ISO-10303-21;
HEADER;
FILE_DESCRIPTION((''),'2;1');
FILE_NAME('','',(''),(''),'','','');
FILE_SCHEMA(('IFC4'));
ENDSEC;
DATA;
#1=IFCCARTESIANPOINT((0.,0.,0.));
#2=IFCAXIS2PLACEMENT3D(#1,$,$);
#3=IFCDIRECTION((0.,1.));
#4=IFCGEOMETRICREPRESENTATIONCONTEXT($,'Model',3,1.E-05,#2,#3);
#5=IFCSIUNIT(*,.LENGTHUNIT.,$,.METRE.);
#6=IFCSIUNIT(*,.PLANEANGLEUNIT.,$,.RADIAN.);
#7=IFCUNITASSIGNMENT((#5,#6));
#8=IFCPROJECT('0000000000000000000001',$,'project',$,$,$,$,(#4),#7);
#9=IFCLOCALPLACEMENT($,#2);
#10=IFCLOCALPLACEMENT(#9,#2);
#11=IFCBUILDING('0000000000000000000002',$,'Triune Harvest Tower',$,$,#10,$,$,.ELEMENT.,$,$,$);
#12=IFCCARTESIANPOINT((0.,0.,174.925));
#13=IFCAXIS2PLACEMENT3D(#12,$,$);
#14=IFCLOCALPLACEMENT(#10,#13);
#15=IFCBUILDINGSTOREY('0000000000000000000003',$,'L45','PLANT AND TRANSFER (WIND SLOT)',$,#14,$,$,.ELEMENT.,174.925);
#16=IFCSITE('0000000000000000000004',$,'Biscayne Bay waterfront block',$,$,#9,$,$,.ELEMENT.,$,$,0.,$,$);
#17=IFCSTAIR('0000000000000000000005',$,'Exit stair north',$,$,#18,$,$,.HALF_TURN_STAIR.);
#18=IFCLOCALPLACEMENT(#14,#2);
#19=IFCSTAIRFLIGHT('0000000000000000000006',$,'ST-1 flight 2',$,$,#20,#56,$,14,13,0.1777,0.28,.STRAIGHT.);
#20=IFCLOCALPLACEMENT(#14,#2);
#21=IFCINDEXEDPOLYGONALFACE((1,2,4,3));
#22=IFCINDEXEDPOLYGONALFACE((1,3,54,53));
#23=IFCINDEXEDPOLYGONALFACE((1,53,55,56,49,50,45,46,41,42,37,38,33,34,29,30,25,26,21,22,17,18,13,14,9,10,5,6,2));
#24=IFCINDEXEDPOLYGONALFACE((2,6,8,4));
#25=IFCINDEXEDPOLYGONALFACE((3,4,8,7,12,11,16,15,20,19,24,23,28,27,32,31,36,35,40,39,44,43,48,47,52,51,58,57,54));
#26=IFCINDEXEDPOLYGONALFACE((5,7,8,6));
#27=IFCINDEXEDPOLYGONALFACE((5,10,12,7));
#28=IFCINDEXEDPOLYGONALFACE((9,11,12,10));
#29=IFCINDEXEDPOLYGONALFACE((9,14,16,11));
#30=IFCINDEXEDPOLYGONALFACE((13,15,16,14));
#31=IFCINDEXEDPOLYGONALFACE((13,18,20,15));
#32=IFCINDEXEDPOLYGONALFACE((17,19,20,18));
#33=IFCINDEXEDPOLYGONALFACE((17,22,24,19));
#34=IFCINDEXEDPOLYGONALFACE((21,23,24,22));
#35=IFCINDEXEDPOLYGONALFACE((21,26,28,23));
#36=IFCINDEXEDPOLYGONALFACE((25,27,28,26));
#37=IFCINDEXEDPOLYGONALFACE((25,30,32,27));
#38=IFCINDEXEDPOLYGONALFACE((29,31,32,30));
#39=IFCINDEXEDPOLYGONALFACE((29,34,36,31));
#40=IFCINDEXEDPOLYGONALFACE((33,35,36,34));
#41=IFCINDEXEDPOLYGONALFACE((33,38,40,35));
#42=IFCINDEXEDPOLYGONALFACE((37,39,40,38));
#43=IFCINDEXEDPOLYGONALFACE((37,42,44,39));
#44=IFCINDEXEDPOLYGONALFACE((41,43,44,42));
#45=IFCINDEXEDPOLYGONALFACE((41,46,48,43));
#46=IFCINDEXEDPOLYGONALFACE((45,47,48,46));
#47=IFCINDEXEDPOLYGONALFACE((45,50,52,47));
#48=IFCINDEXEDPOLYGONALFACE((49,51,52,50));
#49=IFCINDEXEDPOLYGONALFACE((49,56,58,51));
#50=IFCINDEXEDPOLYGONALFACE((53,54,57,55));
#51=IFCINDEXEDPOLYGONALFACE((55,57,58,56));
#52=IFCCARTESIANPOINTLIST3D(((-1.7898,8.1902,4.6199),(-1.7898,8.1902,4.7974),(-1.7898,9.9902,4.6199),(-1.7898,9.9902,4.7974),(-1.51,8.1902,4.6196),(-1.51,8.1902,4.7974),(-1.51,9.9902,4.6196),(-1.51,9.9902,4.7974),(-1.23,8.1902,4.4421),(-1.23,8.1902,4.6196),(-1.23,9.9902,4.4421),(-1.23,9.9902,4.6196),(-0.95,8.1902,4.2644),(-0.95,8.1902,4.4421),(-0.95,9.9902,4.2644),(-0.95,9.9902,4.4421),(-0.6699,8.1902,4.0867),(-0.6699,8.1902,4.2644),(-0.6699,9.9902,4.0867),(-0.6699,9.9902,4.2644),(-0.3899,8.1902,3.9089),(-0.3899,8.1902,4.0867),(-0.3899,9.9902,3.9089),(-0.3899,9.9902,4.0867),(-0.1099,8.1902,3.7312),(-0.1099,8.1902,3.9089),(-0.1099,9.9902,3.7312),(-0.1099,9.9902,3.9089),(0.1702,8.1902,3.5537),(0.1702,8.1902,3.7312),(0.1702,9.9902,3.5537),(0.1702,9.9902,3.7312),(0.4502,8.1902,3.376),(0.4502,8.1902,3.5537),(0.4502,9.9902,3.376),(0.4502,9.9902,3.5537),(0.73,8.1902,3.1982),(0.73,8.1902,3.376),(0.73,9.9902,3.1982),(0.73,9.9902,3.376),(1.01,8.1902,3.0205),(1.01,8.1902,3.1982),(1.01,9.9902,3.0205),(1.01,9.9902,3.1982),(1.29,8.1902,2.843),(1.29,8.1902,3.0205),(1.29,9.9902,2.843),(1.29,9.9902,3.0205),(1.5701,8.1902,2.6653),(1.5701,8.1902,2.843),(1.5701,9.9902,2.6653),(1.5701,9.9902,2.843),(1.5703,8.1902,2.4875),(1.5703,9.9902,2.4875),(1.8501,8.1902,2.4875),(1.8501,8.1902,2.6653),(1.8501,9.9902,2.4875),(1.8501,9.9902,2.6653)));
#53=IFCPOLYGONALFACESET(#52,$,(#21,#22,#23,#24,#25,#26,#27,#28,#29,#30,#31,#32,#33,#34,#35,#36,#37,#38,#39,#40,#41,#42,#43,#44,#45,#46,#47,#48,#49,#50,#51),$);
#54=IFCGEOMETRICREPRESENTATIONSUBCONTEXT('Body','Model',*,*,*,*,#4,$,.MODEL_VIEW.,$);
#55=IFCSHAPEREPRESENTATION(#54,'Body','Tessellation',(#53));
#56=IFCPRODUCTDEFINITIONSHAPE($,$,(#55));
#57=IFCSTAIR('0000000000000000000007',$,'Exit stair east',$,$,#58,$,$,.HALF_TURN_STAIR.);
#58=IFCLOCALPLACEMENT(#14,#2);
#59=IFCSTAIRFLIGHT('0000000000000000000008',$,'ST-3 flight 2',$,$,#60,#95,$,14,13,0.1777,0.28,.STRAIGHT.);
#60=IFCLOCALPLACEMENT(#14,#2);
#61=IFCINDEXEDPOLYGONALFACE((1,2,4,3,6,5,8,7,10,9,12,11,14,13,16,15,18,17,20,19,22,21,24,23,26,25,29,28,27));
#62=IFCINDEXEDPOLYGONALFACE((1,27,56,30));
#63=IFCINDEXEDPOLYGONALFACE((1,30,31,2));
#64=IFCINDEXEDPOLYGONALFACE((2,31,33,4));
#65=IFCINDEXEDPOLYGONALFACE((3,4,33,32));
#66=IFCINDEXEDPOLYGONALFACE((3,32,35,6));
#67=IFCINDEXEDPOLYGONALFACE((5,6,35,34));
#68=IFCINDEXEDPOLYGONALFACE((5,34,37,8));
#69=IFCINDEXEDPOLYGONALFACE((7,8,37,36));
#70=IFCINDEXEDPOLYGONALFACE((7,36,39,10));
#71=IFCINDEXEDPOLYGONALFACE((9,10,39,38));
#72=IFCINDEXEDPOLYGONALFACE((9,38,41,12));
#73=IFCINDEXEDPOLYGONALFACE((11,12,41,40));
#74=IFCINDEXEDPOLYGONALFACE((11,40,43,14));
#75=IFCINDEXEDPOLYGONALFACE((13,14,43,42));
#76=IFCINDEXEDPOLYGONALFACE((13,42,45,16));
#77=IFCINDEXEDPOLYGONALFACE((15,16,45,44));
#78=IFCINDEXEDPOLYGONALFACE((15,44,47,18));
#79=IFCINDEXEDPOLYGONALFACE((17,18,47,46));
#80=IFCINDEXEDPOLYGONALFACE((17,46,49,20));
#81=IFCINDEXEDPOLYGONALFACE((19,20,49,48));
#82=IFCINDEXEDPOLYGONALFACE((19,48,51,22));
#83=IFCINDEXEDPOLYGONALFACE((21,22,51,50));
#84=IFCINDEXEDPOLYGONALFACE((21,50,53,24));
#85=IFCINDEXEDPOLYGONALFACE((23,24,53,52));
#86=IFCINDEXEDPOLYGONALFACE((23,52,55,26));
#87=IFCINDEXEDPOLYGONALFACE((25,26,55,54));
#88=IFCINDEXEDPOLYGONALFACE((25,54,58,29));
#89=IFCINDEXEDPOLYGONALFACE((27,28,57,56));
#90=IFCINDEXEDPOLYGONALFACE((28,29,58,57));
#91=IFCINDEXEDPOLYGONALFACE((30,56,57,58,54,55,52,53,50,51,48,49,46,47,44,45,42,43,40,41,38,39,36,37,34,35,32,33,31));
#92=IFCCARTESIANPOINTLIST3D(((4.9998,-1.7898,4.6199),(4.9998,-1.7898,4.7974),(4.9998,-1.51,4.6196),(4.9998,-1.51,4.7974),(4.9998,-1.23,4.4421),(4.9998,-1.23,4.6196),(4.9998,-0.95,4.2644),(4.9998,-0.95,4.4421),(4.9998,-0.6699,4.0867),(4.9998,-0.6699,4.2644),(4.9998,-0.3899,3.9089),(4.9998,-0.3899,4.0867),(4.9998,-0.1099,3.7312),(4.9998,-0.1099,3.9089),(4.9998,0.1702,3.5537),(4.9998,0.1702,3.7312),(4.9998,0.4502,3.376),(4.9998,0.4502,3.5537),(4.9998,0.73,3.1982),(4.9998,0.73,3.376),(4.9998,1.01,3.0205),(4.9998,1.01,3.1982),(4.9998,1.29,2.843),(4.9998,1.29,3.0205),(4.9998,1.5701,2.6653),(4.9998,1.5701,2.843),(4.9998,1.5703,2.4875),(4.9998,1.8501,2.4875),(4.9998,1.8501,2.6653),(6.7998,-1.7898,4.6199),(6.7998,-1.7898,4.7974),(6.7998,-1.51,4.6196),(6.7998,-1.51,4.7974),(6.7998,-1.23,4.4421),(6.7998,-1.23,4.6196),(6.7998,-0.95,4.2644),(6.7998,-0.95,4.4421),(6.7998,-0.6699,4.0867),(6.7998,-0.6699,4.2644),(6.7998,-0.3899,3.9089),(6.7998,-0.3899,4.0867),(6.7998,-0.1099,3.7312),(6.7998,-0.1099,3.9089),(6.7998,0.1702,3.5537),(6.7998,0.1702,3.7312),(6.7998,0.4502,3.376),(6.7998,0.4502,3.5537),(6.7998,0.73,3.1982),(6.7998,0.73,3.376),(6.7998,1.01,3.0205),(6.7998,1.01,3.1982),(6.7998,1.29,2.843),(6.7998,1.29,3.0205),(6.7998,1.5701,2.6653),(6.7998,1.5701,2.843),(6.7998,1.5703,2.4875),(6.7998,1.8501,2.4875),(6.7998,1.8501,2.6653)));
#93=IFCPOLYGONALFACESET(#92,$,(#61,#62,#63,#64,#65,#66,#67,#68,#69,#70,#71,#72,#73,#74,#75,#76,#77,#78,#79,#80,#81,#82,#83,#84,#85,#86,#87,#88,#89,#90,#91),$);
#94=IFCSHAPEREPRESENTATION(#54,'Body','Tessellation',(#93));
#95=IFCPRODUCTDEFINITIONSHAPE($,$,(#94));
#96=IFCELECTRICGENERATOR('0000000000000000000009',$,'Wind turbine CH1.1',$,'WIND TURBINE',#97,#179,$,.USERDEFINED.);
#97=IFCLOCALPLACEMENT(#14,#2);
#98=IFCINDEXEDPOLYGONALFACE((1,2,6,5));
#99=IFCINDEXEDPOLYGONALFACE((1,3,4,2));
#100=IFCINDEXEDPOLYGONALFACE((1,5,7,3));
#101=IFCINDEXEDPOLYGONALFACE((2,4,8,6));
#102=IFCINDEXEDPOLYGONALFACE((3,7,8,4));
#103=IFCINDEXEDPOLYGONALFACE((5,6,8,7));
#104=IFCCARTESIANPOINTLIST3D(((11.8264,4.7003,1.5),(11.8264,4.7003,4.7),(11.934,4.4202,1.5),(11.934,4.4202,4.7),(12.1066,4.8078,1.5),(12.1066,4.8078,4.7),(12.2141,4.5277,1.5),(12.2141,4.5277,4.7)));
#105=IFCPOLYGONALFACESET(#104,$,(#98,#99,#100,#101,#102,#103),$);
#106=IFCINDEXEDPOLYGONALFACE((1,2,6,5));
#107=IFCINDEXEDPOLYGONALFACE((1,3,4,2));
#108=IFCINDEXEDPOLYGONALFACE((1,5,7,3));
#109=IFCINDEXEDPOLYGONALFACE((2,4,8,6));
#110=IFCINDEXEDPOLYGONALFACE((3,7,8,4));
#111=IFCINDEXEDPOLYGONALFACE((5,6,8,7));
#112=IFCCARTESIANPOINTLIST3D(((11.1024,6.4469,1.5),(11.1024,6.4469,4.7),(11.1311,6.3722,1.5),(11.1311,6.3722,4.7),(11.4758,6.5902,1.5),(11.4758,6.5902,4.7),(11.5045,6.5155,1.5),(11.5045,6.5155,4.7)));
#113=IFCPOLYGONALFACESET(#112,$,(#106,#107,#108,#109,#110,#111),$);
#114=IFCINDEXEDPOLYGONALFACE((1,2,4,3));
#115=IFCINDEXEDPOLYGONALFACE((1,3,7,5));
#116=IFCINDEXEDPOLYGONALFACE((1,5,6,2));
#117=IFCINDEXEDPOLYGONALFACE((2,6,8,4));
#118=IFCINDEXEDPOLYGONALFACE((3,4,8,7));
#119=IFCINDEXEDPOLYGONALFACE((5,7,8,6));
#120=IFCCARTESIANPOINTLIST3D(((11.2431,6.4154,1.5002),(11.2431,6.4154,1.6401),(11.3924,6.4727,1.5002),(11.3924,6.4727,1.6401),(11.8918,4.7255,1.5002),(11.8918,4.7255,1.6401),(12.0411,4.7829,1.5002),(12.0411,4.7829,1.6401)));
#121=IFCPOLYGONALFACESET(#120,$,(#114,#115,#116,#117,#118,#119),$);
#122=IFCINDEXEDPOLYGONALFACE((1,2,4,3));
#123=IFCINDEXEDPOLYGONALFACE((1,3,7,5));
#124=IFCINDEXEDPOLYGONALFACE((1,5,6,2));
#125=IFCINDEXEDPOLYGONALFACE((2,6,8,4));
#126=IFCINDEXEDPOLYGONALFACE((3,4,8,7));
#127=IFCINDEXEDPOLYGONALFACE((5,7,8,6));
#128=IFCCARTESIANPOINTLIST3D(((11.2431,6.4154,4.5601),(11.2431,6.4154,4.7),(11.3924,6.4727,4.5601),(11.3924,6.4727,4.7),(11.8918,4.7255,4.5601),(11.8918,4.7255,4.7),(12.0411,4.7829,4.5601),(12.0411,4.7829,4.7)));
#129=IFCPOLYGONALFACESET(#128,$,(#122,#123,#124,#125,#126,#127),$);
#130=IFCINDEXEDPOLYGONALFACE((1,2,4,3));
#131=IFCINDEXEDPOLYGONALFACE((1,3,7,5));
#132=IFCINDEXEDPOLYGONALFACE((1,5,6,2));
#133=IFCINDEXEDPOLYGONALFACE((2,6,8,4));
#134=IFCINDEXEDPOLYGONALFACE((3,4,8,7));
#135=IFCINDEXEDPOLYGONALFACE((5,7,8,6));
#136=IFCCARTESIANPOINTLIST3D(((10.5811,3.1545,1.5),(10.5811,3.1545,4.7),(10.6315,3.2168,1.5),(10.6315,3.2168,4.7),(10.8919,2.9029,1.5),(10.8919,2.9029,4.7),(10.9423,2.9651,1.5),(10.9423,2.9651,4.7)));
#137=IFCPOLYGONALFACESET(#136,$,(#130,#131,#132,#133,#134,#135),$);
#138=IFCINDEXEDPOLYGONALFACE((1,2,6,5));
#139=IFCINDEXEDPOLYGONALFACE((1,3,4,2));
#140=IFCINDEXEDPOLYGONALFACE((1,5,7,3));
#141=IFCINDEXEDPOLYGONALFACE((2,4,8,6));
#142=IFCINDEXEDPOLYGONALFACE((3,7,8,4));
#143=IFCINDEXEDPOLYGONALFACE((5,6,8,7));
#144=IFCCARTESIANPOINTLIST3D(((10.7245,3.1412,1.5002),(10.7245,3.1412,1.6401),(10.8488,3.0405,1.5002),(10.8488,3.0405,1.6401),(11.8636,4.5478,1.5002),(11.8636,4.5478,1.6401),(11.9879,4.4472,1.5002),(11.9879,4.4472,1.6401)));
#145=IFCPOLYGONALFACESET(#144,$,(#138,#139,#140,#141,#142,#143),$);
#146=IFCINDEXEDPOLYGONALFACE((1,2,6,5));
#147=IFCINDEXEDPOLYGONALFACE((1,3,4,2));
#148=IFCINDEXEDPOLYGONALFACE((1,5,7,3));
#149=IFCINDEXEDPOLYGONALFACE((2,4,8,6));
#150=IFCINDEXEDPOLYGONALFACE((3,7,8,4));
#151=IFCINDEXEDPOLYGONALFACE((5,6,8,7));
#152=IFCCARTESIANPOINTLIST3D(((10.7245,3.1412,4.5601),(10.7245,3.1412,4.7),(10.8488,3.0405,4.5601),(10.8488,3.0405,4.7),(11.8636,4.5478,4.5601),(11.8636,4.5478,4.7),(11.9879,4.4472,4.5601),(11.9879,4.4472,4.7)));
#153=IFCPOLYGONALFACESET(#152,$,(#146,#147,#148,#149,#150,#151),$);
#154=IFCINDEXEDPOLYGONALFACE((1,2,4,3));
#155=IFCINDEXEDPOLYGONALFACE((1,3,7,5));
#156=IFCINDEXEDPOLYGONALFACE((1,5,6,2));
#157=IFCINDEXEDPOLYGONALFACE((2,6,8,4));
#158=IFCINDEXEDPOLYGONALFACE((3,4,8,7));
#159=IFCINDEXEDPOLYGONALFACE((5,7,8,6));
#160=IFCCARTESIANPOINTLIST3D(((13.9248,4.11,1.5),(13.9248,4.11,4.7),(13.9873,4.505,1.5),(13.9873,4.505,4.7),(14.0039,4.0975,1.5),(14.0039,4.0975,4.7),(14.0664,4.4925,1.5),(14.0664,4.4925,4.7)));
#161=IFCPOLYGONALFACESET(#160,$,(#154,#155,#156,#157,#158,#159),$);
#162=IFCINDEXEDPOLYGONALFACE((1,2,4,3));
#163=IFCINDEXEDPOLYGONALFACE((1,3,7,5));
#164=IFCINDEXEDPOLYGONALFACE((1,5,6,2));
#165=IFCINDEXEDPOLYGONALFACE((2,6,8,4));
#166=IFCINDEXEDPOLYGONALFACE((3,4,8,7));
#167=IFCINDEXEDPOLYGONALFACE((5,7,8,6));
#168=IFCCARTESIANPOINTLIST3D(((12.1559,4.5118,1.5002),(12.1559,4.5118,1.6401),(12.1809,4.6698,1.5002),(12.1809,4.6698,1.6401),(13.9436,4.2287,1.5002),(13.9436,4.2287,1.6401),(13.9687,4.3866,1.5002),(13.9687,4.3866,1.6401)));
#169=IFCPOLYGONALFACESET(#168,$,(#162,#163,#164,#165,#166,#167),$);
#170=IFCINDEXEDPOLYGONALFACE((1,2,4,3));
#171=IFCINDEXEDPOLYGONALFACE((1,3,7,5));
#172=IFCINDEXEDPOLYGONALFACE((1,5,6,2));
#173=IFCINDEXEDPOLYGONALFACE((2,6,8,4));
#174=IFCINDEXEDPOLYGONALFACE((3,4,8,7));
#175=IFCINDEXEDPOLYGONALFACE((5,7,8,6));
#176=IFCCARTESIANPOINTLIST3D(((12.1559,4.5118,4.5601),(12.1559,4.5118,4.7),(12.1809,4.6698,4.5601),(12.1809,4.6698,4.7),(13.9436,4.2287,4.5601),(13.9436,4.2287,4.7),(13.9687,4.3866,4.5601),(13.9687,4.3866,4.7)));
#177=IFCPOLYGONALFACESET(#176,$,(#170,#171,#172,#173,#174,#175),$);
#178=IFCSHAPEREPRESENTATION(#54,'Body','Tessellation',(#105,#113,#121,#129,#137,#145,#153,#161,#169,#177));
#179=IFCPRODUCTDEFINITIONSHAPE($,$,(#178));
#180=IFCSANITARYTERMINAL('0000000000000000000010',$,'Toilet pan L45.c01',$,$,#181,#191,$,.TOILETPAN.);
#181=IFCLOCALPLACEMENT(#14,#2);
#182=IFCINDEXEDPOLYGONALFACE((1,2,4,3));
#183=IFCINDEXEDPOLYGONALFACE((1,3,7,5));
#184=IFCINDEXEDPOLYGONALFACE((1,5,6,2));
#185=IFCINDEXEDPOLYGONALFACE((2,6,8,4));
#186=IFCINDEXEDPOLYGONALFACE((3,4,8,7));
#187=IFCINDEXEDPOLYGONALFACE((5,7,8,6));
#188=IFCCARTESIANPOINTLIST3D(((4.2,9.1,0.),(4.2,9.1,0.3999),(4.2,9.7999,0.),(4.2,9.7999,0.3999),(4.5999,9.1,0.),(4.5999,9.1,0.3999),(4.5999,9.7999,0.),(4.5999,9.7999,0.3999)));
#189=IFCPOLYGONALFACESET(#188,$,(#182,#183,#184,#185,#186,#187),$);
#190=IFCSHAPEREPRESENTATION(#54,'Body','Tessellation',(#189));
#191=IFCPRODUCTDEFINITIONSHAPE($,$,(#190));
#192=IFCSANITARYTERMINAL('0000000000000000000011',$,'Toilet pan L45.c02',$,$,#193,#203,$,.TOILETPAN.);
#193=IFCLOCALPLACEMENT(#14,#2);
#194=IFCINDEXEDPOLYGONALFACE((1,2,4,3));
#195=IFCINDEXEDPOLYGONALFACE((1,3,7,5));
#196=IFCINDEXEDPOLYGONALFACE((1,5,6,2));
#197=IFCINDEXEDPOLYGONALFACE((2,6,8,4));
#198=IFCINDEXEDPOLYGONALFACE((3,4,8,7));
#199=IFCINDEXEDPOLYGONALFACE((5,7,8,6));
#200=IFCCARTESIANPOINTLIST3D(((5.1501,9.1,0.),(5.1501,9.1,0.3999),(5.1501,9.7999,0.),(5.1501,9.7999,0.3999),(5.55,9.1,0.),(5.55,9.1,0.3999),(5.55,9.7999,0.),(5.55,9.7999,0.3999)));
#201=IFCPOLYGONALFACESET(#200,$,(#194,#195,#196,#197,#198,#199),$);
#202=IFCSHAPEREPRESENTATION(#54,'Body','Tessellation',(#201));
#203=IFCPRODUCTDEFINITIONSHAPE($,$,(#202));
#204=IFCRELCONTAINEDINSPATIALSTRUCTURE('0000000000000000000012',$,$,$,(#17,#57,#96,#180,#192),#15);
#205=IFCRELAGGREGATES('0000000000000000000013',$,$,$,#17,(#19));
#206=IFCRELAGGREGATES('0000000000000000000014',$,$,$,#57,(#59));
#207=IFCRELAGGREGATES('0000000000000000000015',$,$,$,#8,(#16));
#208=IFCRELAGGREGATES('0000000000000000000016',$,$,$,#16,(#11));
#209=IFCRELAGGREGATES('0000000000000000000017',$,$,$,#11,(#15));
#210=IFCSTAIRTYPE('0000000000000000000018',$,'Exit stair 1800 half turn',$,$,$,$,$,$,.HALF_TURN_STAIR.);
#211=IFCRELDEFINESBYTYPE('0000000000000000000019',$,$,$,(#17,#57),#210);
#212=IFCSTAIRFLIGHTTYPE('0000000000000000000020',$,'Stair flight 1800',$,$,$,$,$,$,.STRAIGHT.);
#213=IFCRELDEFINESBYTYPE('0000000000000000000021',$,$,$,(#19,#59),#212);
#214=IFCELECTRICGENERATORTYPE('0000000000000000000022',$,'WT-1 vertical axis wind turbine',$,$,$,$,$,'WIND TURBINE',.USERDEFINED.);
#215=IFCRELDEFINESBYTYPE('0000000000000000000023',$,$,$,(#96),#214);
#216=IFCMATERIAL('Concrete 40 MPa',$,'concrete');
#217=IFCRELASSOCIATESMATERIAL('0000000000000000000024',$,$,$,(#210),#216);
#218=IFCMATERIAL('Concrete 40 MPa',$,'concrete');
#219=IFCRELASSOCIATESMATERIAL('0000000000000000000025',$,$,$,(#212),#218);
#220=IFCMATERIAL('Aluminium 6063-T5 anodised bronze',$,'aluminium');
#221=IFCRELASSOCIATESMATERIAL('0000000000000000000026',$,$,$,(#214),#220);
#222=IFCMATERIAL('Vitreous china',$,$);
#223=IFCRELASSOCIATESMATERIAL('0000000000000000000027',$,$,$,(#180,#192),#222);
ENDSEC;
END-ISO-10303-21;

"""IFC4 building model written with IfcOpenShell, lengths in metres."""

from ifc_helpers import new_model, si_unit, direction, frame, origin, origin_2d, place, context, subcontext, project, spatial, polyline, rectangle, outline, extrude, source, transform, mapped, material, type_object, element, aggregate, save


model = new_model("IFC4")

# Units and contexts
model_context = context("Model", 3, precision=1e-05, world=origin(), true_north=direction((0.0, 1.0)))
body_context = subcontext(model_context, "Body", "Model", "MODEL_VIEW")
ifc_project = project(units=[si_unit("LENGTHUNIT", "METRE"), si_unit("PLANEANGLEUNIT", "RADIAN")], contexts=[model_context])

# Site, building, storey
site_placement = place(None, origin())
site = spatial("IfcSite", under=ifc_project, at=site_placement, Name="Biscayne Bay waterfront block", CompositionType="ELEMENT", RefElevation=0.0)
building_placement = place(site_placement, origin())
building = spatial("IfcBuilding", under=site, at=building_placement, Name="Triune Harvest Tower", CompositionType="ELEMENT")
storey_placement = place(building_placement, frame((0.0, 0.0, 174.925)))
storey = spatial("IfcBuildingStorey", under=building, at=storey_placement, Name="L45", Description="PLANT AND TRANSFER (WIND SLOT)", CompositionType="ELEMENT", Elevation=174.925)

# Stairs, stair flights
ifc_material_1 = material(Name="Concrete 40 MPa", Category="concrete")
stair_type = type_object("IfcStairType", Name="Exit stair 1800 half turn", PredefinedType="HALF_TURN_STAIR", material=ifc_material_1)
stair_1_placement = place(storey_placement, origin())
stair_1 = element("IfcStair", 1, at=stair_1_placement, inside=storey, type_object=stair_type, Name="Exit stair north", PredefinedType="HALF_TURN_STAIR")
ifc_material_2 = material(Name="Concrete 40 MPa", Category="concrete")
stair_flight_type = type_object("IfcStairFlightType", Name="Stair flight 1800", PredefinedType="STRAIGHT", material=ifc_material_2)
shared_shape_1 = source(origin(), body_context, "Body", "SweptSolid", [
    extrude(outline(polyline([(0.0, 0.0), (0.0, 0.1777), (0.28, 0.1777), (0.28, 0.3555), (0.5601, 0.3555), (0.5601, 0.533), (0.8401, 0.533), (0.8401, 0.7107), (1.1201, 0.7107), (1.1201, 0.8884), (1.3999, 0.8884), (1.3999, 1.0662), (1.6799, 1.0662), (1.6799, 1.2437), (1.96, 1.2437), (1.96, 1.4214), (2.24, 1.4214), (2.24, 1.5991), (2.52, 1.5991), (2.52, 1.7769), (2.8, 1.7769), (2.8, 1.9546), (3.0801, 1.9546), (3.0801, 2.1321), (3.3601, 2.1321), (3.3601, 2.3098), (3.6399, 2.3098), (3.6399, 2.4875), (3.6399, 2.1323), (0.2798, 0.0), (0.0, 0.0)])), frame((0.0, 0.8999, 0.0), z_axis=(0.0, -1.0, 0.0), x_axis=(1.0, 0.0, 0.0)), (0.0, 0.0, 1.0), 1.8),
])
stair_flight_1_placement = place(storey_placement, frame((1.8501, 9.0901, 2.4875), z_axis=(0.0, 0.0, 1.0), x_axis=(-1.0, 0.0, 0.0)))
stair_flight_1 = element("IfcStairFlight", 2, at=stair_flight_1_placement, type_object=stair_flight_type, Name="ST-1 flight 2", NumberOfRisers=14, NumberOfTreads=13, PredefinedType="STRAIGHT", RiserHeight=0.1777, TreadLength=0.28, context=body_context, shape_type="MappedRepresentation", body=[
    mapped(shared_shape_1, transform((0.0, 0.0, 0.0), scale=1.0)),
])
aggregate(stair_1, [stair_flight_1])
stair_2_placement = place(storey_placement, origin())
stair_2 = element("IfcStair", 3, at=stair_2_placement, inside=storey, type_object=stair_type, Name="Exit stair east", PredefinedType="HALF_TURN_STAIR")
stair_flight_2_placement = place(storey_placement, frame((5.8999, 1.8501, 2.4875), z_axis=(0.0, 0.0, 1.0), x_axis=(0.0, -1.0, 0.0)))
stair_flight_2 = element("IfcStairFlight", 4, at=stair_flight_2_placement, type_object=stair_flight_type, Name="ST-3 flight 2", NumberOfRisers=14, NumberOfTreads=13, PredefinedType="STRAIGHT", RiserHeight=0.1777, TreadLength=0.28, context=body_context, shape_type="MappedRepresentation", body=[
    mapped(shared_shape_1, transform((0.0, 0.0, 0.0), scale=1.0)),
])
aggregate(stair_2, [stair_flight_2])

# Electric generator
ifc_material_3 = material(Name="Aluminium 6063-T5 anodised bronze", Category="aluminium")
electric_generator_type = type_object("IfcElectricGeneratorType", Name="WT-1 vertical axis wind turbine", ElementType="WIND TURBINE", PredefinedType="USERDEFINED", material=ifc_material_3)
electric_generator_placement = place(storey_placement, frame((12.0203, 4.614, 1.5)))
element("IfcElectricGenerator", 5, at=electric_generator_placement, inside=storey, type_object=electric_generator_type, Name="Wind turbine CH1.1", ObjectType="WIND TURBINE", PredefinedType="USERDEFINED", context=body_context, shape_type="SweptSolid", body=[
    extrude(rectangle(XDim=0.3, YDim=0.3, at=origin_2d()), frame((0.0, 0.0, 0.0), z_axis=(0.0, 0.0, 1.0), x_axis=(0.93358, 0.358368, 0.0)), (0.0, 0.0, 1.0), 3.2),
    extrude(rectangle(XDim=0.0801, YDim=0.3999, at=origin_2d()), frame((-0.7168, 1.8672, 0.0), z_axis=(0.0, 0.0, 1.0), x_axis=(-0.358368, 0.93358, 0.0)), (0.0, 0.0, 1.0), 3.2),
    extrude(rectangle(XDim=1.8101, YDim=0.1599, at=origin_2d()), frame((-0.3782, 0.9851, 0.0002), z_axis=(0.0, 0.0, 1.0), x_axis=(-0.358368, 0.93358, 0.0)), (0.0, 0.0, 1.0), 0.1399),
    extrude(rectangle(XDim=1.8101, YDim=0.1599, at=origin_2d()), frame((-0.3782, 0.9851, 3.0601), z_axis=(0.0, 0.0, 1.0), x_axis=(-0.358368, 0.93358, 0.0)), (0.0, 0.0, 1.0), 0.1399),
    extrude(rectangle(XDim=0.0801, YDim=0.3999, at=origin_2d()), frame((-1.2585, -1.5542, 0.0), z_axis=(0.0, 0.0, 1.0), x_axis=(-0.62932, -0.777146, 0.0)), (0.0, 0.0, 1.0), 3.2),
    extrude(rectangle(XDim=1.8101, YDim=0.1599, at=origin_2d()), frame((-0.6641, -0.8198, 0.0002), z_axis=(0.0, 0.0, 1.0), x_axis=(-0.62932, -0.777146, 0.0)), (0.0, 0.0, 1.0), 0.1399),
    extrude(rectangle(XDim=1.8101, YDim=0.1599, at=origin_2d()), frame((-0.6641, -0.8198, 3.0601), z_axis=(0.0, 0.0, 1.0), x_axis=(-0.62932, -0.777146, 0.0)), (0.0, 0.0, 1.0), 0.1399),
    extrude(rectangle(XDim=0.0801, YDim=0.3999, at=origin_2d()), frame((1.9753, -0.3127, 0.0), z_axis=(0.0, 0.0, 1.0), x_axis=(0.987688, -0.156434, 0.0)), (0.0, 0.0, 1.0), 3.2),
    extrude(rectangle(XDim=1.8101, YDim=0.1599, at=origin_2d()), frame((1.042, -0.1648, 0.0002), z_axis=(0.0, 0.0, 1.0), x_axis=(0.987688, -0.156434, 0.0)), (0.0, 0.0, 1.0), 0.1399),
    extrude(rectangle(XDim=1.8101, YDim=0.1599, at=origin_2d()), frame((1.042, -0.1648, 3.0601), z_axis=(0.0, 0.0, 1.0), x_axis=(0.987688, -0.156434, 0.0)), (0.0, 0.0, 1.0), 0.1399),
])

# Sanitary terminals
ifc_material_4 = material(Name="Vitreous china")
shared_shape_2 = source(origin(), body_context, "Body", "SweptSolid", [
    extrude(rectangle(XDim=0.3999, YDim=0.7, at=origin_2d()), origin(), (0.0, 0.0, 1.0), 0.3999),
])
for number, where, z_axis, x_axis, name in (
    (6, (4.3999, 9.45, 0.0), (0.0, 0.0, 1.0), (1.0, 0.0, 0.0), "Toilet pan L45.c01"),
    (7, (5.3501, 9.45, 0.0), (0.0, 0.0, 1.0), (1.0, 0.0, 0.0), "Toilet pan L45.c02"),
):
    element("IfcSanitaryTerminal", number, at=place(storey_placement, frame(where, z_axis=z_axis, x_axis=x_axis)), inside=storey, material=ifc_material_4, Name=name, PredefinedType="TOILETPAN", context=body_context, shape_type="MappedRepresentation", body=[
        mapped(shared_shape_2, transform((0.0, 0.0, 0.0), scale=1.0)),
    ])

save(model, "model.ifc")
